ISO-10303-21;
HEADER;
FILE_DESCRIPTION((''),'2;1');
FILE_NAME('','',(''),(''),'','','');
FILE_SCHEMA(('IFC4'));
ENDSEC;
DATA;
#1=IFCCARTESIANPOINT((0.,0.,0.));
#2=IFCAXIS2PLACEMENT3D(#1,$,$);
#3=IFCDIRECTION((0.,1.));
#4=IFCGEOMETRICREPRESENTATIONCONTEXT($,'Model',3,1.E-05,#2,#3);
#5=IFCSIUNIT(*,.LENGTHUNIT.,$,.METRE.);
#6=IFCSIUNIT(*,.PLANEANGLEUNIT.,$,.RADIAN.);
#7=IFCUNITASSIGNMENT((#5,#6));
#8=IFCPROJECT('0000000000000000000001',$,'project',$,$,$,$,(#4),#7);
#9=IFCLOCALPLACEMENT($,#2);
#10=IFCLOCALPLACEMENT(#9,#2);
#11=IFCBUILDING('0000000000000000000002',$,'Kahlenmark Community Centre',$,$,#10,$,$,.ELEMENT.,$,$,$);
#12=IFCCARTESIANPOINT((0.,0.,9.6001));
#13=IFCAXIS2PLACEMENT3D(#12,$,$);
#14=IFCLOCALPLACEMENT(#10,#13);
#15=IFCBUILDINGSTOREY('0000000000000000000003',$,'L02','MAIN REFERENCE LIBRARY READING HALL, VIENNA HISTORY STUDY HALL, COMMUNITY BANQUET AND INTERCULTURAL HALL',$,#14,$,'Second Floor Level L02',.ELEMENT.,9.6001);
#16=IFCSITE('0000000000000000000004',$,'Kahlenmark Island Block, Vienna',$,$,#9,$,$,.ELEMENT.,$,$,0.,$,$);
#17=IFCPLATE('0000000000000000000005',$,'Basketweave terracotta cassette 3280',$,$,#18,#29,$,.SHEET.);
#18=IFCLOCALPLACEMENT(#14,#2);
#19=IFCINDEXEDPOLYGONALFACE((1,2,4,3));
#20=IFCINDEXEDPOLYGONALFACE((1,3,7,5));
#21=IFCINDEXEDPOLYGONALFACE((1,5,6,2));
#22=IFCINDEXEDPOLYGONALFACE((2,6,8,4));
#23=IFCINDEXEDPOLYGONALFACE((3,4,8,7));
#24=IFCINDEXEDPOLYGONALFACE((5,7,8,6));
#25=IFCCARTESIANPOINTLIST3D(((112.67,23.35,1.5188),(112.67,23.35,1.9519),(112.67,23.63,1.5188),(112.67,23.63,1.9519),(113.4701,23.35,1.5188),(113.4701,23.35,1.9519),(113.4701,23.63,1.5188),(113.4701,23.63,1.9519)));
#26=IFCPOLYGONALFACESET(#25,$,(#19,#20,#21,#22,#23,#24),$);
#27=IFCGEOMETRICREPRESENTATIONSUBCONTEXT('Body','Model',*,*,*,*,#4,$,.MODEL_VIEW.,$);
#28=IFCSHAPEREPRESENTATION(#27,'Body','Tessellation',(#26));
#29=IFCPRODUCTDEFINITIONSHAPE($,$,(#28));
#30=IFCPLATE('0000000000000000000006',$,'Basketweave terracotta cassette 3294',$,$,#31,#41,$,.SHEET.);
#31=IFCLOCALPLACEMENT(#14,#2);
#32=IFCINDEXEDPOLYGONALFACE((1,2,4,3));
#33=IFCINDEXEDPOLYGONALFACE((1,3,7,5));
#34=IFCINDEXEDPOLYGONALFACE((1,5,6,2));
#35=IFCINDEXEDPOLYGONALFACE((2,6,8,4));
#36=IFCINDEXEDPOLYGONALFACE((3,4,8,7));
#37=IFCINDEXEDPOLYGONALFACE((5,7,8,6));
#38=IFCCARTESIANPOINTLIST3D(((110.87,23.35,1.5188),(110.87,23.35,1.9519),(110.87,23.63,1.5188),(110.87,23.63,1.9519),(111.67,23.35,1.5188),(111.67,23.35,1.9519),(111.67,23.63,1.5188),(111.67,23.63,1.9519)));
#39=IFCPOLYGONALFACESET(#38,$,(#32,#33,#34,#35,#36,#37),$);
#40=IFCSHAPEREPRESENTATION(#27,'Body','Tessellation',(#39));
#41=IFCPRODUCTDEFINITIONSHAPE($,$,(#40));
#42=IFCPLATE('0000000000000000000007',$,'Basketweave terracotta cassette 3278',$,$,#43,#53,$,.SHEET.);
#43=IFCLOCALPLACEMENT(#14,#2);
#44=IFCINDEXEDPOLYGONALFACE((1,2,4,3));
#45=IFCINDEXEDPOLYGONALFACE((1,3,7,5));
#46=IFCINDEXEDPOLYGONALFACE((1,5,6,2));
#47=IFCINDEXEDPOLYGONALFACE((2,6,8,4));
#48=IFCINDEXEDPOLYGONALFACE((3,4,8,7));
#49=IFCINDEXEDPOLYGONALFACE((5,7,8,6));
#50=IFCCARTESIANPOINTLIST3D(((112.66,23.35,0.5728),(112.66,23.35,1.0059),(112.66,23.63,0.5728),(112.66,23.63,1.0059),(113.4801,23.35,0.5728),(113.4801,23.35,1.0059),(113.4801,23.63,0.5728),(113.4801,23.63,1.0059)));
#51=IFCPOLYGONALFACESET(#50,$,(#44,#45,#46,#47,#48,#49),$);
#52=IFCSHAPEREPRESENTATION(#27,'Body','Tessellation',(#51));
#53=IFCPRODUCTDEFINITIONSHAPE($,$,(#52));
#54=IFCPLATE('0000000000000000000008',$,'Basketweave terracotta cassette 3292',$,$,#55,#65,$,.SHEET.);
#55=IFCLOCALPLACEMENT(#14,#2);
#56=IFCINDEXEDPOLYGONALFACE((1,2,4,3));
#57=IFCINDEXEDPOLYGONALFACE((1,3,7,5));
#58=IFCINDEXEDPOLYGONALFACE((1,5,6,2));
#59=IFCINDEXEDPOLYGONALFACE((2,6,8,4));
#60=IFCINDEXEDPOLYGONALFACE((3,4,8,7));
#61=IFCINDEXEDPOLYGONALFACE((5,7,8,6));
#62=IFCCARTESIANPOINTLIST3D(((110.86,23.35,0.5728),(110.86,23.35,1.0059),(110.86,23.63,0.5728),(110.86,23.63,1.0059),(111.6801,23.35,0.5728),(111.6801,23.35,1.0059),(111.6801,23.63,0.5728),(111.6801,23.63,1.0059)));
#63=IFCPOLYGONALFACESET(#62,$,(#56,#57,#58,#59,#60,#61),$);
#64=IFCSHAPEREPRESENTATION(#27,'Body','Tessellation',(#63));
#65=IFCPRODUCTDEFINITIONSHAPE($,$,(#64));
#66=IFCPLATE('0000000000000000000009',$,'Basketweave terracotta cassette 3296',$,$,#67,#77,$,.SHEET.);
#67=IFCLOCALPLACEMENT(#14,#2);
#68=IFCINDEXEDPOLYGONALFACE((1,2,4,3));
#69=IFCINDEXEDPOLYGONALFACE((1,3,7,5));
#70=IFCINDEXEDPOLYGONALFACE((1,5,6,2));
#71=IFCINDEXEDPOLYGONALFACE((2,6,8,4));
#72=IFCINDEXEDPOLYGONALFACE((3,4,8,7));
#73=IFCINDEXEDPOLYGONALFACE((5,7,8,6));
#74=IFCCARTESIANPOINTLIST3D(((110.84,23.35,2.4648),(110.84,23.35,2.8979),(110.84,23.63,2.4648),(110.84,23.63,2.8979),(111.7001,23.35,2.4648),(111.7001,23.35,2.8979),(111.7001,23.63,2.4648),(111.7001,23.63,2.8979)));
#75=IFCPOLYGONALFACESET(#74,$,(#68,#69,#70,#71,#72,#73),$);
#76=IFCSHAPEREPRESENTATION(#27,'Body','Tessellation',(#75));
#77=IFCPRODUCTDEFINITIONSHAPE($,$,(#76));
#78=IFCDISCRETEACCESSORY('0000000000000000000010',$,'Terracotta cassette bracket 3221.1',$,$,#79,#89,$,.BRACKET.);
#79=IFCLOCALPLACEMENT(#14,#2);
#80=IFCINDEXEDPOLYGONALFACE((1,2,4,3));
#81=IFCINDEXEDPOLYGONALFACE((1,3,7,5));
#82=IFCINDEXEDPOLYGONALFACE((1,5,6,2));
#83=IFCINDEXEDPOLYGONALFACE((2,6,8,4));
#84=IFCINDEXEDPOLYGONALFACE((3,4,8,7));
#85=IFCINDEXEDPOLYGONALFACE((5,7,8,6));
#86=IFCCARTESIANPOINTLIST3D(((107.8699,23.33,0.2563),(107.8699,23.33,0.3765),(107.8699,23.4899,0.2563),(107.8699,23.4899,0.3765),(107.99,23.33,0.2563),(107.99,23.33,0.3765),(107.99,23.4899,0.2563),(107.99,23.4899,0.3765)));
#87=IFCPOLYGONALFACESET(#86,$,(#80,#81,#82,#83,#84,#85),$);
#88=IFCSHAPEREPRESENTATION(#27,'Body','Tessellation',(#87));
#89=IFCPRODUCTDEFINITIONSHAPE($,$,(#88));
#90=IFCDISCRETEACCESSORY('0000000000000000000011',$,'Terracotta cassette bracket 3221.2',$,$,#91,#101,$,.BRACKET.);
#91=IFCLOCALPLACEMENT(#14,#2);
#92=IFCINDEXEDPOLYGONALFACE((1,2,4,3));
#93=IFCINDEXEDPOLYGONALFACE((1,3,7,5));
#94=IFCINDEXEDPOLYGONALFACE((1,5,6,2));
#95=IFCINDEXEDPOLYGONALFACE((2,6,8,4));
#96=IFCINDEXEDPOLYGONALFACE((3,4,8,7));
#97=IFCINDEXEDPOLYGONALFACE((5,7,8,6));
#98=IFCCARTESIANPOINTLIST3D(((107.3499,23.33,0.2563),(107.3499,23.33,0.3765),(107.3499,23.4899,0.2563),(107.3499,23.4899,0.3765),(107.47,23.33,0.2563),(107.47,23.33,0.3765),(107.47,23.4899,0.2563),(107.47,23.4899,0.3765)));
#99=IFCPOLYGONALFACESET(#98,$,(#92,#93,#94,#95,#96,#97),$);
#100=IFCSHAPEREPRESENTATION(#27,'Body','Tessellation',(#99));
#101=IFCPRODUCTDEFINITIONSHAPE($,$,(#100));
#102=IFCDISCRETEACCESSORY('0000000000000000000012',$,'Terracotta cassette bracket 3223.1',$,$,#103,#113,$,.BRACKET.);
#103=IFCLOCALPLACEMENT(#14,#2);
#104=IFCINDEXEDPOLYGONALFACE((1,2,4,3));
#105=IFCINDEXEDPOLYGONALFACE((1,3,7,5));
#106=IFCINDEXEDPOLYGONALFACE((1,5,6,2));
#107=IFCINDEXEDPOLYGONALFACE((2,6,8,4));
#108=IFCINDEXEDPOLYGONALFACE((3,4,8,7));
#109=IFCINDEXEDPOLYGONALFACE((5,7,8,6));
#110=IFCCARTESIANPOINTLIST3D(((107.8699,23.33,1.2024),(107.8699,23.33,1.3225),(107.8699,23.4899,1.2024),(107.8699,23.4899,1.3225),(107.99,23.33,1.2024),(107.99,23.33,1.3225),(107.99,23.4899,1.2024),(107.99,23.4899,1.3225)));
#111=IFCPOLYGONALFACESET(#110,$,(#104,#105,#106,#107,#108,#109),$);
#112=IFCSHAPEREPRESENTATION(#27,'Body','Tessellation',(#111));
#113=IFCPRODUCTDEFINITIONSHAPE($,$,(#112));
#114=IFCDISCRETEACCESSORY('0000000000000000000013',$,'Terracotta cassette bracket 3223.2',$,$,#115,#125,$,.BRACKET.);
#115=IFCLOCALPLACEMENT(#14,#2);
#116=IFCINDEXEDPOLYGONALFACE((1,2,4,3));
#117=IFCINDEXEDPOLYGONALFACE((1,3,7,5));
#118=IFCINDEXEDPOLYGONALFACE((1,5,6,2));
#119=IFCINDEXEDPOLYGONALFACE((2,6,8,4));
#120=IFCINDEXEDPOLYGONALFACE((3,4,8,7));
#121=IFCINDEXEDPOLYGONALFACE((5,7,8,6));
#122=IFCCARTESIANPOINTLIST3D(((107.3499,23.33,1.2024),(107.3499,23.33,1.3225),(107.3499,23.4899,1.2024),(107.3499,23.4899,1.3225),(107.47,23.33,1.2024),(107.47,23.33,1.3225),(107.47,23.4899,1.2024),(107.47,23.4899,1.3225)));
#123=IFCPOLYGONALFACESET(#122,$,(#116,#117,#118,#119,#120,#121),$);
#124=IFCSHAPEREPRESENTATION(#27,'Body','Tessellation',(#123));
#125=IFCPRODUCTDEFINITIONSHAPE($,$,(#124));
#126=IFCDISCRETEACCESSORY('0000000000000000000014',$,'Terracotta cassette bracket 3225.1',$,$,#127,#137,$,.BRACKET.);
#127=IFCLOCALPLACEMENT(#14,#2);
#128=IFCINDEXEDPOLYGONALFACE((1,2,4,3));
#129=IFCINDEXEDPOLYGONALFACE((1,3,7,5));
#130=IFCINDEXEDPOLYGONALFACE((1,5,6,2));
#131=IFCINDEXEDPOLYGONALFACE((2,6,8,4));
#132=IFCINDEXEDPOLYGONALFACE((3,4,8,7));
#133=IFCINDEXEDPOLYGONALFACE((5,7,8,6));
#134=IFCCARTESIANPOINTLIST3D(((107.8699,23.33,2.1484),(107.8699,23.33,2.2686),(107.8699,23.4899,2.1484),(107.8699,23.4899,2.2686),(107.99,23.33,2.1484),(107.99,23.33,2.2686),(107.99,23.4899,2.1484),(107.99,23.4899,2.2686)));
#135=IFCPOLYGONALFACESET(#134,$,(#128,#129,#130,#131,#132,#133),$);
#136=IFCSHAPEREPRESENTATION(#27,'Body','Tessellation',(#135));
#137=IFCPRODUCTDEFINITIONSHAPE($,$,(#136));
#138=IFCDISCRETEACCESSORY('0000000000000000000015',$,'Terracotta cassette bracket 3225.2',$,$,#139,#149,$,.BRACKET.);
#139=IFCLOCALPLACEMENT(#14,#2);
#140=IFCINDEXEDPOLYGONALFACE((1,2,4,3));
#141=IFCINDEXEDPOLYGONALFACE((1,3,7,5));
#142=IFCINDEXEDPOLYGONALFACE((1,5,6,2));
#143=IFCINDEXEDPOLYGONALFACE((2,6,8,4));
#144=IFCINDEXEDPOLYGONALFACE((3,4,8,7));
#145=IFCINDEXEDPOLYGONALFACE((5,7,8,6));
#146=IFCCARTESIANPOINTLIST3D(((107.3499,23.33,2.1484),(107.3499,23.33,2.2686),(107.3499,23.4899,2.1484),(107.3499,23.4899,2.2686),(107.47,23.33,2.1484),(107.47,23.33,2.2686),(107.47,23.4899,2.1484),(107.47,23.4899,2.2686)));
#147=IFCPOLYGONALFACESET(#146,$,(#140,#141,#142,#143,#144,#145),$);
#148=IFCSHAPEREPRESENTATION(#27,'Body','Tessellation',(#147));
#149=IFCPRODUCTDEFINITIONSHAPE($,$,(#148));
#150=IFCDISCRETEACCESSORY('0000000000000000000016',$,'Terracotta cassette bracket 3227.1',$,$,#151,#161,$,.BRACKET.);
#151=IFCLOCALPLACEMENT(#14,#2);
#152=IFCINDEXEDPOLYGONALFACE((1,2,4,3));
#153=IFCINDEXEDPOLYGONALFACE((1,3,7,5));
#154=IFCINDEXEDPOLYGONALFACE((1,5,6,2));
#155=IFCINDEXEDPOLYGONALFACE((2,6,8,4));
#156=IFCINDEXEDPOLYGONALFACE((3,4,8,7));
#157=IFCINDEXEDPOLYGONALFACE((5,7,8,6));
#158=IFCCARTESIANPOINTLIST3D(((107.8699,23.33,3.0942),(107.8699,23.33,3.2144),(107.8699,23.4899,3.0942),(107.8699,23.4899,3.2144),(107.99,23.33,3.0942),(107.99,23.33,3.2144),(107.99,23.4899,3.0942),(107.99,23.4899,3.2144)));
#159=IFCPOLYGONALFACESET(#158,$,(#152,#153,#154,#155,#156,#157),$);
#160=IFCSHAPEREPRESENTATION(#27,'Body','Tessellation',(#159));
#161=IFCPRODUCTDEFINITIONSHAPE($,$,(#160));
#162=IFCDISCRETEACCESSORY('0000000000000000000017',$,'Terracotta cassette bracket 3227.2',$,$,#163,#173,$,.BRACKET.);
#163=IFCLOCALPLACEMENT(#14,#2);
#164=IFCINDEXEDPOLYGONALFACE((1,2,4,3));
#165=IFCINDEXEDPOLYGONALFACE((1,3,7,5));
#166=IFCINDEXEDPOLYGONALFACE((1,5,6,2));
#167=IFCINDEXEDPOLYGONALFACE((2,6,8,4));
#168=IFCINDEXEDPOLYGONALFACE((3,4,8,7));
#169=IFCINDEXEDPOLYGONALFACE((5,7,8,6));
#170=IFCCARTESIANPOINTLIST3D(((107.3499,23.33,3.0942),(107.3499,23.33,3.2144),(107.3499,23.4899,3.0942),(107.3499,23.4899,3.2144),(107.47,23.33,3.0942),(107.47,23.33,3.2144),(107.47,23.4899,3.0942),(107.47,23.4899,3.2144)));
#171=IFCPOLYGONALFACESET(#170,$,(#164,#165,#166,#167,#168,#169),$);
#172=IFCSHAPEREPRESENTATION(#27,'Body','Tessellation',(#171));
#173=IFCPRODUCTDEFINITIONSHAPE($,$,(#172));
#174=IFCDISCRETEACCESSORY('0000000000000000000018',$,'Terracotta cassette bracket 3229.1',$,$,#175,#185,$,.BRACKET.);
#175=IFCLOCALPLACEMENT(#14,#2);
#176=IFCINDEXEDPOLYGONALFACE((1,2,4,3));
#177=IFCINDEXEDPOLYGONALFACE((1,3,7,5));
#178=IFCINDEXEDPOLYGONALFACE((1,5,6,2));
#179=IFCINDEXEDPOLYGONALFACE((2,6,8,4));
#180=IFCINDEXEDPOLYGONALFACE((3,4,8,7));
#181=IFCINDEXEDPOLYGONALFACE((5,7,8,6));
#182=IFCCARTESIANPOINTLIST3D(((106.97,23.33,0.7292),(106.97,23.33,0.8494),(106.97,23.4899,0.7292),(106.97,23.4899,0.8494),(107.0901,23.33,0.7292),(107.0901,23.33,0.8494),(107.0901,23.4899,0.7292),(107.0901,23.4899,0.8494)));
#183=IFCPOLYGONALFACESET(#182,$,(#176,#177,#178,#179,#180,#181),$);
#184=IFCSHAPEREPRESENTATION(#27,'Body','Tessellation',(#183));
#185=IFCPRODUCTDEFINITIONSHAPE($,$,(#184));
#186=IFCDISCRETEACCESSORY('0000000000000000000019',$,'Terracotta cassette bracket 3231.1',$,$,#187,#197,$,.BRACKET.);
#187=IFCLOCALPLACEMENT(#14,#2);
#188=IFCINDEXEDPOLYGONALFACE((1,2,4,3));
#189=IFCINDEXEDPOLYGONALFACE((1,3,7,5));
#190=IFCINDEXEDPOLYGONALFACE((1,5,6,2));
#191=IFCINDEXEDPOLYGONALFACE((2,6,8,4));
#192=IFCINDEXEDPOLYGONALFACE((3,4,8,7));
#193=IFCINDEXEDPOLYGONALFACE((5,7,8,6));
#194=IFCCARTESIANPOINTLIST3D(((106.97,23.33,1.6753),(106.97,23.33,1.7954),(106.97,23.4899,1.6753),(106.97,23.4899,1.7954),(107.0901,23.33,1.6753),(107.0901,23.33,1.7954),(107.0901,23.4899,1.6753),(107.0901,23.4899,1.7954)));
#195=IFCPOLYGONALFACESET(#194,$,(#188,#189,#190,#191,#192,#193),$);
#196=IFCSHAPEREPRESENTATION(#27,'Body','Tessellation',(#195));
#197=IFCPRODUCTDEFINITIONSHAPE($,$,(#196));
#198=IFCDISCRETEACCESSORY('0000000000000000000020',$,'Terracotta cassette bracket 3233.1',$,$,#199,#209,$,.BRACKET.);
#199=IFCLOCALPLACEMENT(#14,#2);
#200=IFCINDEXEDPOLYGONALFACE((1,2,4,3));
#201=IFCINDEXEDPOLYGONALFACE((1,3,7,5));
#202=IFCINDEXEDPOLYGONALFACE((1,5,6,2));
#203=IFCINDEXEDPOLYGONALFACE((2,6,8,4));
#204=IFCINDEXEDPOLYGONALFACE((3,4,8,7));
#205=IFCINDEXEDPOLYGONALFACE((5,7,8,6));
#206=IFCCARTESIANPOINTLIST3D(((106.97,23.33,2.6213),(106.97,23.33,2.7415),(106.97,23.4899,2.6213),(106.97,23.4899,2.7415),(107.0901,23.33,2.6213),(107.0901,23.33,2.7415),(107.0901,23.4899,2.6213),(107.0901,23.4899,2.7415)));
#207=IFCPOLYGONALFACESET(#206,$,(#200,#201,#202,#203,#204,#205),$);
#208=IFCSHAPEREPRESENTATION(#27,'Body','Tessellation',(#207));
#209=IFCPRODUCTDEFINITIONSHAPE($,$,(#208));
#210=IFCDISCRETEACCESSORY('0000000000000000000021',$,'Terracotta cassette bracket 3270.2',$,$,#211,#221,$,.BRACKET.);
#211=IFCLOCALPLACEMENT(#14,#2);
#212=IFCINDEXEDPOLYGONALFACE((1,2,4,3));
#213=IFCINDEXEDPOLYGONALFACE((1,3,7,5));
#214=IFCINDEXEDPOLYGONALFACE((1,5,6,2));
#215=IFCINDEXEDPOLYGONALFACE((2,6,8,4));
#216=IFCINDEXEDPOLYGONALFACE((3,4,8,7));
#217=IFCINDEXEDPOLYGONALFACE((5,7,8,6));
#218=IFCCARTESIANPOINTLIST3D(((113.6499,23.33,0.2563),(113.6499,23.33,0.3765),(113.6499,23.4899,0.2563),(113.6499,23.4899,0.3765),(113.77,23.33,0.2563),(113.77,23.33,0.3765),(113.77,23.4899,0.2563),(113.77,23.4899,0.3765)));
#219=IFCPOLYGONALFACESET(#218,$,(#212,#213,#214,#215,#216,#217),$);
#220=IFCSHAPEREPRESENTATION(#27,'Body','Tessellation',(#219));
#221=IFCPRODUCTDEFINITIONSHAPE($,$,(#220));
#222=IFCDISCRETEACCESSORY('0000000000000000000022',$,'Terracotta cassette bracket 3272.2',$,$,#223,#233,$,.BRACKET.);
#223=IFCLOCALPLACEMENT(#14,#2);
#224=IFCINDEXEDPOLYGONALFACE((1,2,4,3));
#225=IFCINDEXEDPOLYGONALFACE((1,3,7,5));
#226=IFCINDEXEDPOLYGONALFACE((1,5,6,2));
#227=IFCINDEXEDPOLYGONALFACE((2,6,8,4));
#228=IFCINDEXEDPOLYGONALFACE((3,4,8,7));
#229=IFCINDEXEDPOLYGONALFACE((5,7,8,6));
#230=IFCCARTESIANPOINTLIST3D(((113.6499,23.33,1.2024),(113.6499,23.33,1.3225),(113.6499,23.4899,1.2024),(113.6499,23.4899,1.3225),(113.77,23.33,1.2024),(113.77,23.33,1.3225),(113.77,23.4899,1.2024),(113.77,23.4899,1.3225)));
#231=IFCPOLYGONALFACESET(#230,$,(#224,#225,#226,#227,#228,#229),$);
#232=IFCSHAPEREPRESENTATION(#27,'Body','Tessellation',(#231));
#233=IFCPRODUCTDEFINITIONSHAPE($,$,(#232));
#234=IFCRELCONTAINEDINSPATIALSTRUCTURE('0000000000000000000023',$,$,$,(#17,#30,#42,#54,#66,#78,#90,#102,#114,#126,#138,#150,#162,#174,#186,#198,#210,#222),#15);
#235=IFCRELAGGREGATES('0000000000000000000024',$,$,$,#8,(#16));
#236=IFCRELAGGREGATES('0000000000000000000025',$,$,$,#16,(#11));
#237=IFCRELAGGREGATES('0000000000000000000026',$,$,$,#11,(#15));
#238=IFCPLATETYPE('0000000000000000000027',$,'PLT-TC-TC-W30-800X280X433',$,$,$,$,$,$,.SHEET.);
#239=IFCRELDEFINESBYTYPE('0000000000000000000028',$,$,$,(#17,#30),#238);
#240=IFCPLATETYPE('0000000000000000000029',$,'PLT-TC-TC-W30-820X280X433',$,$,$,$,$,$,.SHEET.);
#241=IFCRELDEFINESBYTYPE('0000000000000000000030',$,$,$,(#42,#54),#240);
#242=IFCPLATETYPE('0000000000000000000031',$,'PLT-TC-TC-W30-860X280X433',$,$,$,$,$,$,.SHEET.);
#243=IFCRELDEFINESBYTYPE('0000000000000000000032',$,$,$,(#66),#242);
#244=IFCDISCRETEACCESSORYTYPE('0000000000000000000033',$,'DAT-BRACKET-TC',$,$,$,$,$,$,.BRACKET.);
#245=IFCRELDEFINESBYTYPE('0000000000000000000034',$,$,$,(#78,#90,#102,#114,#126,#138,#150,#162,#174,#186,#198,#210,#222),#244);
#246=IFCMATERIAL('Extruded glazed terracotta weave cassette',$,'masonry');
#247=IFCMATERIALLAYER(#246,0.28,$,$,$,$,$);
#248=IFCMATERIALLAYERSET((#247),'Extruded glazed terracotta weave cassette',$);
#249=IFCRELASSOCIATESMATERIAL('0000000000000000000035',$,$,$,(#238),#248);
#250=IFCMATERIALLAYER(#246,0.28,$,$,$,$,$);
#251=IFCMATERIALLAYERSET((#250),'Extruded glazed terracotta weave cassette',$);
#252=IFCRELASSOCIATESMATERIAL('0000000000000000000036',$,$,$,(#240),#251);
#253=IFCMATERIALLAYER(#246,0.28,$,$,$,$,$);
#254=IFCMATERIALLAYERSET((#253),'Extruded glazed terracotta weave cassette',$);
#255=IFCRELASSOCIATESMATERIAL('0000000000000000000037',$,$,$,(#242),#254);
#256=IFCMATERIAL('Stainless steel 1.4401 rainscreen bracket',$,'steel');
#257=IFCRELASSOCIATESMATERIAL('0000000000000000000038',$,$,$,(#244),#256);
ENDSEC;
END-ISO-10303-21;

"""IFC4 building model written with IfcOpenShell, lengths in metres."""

from ifc_helpers import new_model, si_unit, direction, frame, origin, origin_2d, place, context, subcontext, project, spatial, rectangle, extrude, material, layer, layer_set, type_object, element, save


model = new_model("IFC4")

# Units and contexts
model_context = context("Model", 3, precision=1e-05, world=origin(), true_north=direction((0.0, 1.0)))
body_context = subcontext(model_context, "Body", "Model", "MODEL_VIEW")
ifc_project = project(units=[si_unit("LENGTHUNIT", "METRE"), si_unit("PLANEANGLEUNIT", "RADIAN")], contexts=[model_context])

# Site, building, storey
site_placement = place(None, origin())
site = spatial("IfcSite", under=ifc_project, at=site_placement, Name="Kahlenmark Island Block, Vienna", CompositionType="ELEMENT", RefElevation=0.0)
building_placement = place(site_placement, origin())
building = spatial("IfcBuilding", under=site, at=building_placement, Name="Kahlenmark Community Centre", CompositionType="ELEMENT")
storey_placement = place(building_placement, frame((0.0, 0.0, 9.6001)))
storey = spatial("IfcBuildingStorey", under=building, at=storey_placement, Name="L02", Description="MAIN REFERENCE LIBRARY READING HALL, VIENNA HISTORY STUDY HALL, COMMUNITY BANQUET AND INTERCULTURAL HALL", LongName="Second Floor Level L02", CompositionType="ELEMENT", Elevation=9.6001)

# Plates
ifc_material_1 = material(Name="Extruded glazed terracotta weave cassette", Category="masonry")
ifc_layer_1 = layer(ifc_material_1, 0.28)
ifc_layer_set_1 = layer_set([ifc_layer_1], Name="Extruded glazed terracotta weave cassette")
plate_type_1 = type_object("IfcPlateType", Name="PLT-TC-TC-W30-800X280X433", PredefinedType="SHEET", material=ifc_layer_set_1)
for number, where, z_axis, x_axis, name in (
    (1, (113.0701, 23.49, 1.5188), (0.0, 0.0, 1.0), (-1.0, 0.0, 0.0), "Basketweave terracotta cassette 3280"),
    (2, (111.27, 23.49, 1.5188), (0.0, 0.0, 1.0), (-1.0, 0.0, 0.0), "Basketweave terracotta cassette 3294"),
):
    element("IfcPlate", number, at=place(storey_placement, frame(where, z_axis=z_axis, x_axis=x_axis)), inside=storey, type_object=plate_type_1, Name=name, PredefinedType="SHEET", context=body_context, shape_type="SweptSolid", body=[
        extrude(rectangle(XDim=0.8, YDim=0.28, at=origin_2d()), origin(), (0.0, 0.0, 1.0), 0.4331),
    ])
ifc_layer_2 = layer(ifc_material_1, 0.28)
ifc_layer_set_2 = layer_set([ifc_layer_2], Name="Extruded glazed terracotta weave cassette")
plate_type_2 = type_object("IfcPlateType", Name="PLT-TC-TC-W30-820X280X433", PredefinedType="SHEET", material=ifc_layer_set_2)
for number, where, z_axis, x_axis, name in (
    (3, (113.0701, 23.49, 0.5728), (0.0, 0.0, 1.0), (-1.0, 0.0, 0.0), "Basketweave terracotta cassette 3278"),
    (4, (111.27, 23.49, 0.5728), (0.0, 0.0, 1.0), (-1.0, 0.0, 0.0), "Basketweave terracotta cassette 3292"),
):
    element("IfcPlate", number, at=place(storey_placement, frame(where, z_axis=z_axis, x_axis=x_axis)), inside=storey, type_object=plate_type_2, Name=name, PredefinedType="SHEET", context=body_context, shape_type="SweptSolid", body=[
        extrude(rectangle(XDim=0.8201, YDim=0.28, at=origin_2d()), origin(), (0.0, 0.0, 1.0), 0.4331),
    ])
ifc_layer_3 = layer(ifc_material_1, 0.28)
ifc_layer_set_3 = layer_set([ifc_layer_3], Name="Extruded glazed terracotta weave cassette")
plate_type_3 = type_object("IfcPlateType", Name="PLT-TC-TC-W30-860X280X433", PredefinedType="SHEET", material=ifc_layer_set_3)
plate_placement = place(storey_placement, frame((111.27, 23.49, 2.4648), z_axis=(0.0, 0.0, 1.0), x_axis=(-1.0, 0.0, 0.0)))
element("IfcPlate", 5, at=plate_placement, inside=storey, type_object=plate_type_3, Name="Basketweave terracotta cassette 3296", PredefinedType="SHEET", context=body_context, shape_type="SweptSolid", body=[
    extrude(rectangle(XDim=0.8601, YDim=0.28, at=origin_2d()), origin(), (0.0, 0.0, 1.0), 0.4331),
])

# Discrete accessories
ifc_material_2 = material(Name="Stainless steel 1.4401 rainscreen bracket", Category="steel")
discrete_accessory_type = type_object("IfcDiscreteAccessoryType", Name="DAT-BRACKET-TC", PredefinedType="BRACKET", material=ifc_material_2)
for number, where, z_axis, x_axis, name in (
    (6, (107.9299, 23.4099, 0.2563), (0.0, 0.0, 1.0), (-1.0, 0.0, 0.0), "Terracotta cassette bracket 3221.1"),
    (7, (107.4099, 23.4099, 0.2563), (0.0, 0.0, 1.0), (-1.0, 0.0, 0.0), "Terracotta cassette bracket 3221.2"),
    (8, (107.9299, 23.4099, 1.2024), (0.0, 0.0, 1.0), (-1.0, 0.0, 0.0), "Terracotta cassette bracket 3223.1"),
    (9, (107.4099, 23.4099, 1.2024), (0.0, 0.0, 1.0), (-1.0, 0.0, 0.0), "Terracotta cassette bracket 3223.2"),
    (10, (107.9299, 23.4099, 2.1484), (0.0, 0.0, 1.0), (-1.0, 0.0, 0.0), "Terracotta cassette bracket 3225.1"),
    (11, (107.4099, 23.4099, 2.1484), (0.0, 0.0, 1.0), (-1.0, 0.0, 0.0), "Terracotta cassette bracket 3225.2"),
    (12, (107.9299, 23.4099, 3.0942), (0.0, 0.0, 1.0), (-1.0, 0.0, 0.0), "Terracotta cassette bracket 3227.1"),
    (13, (107.4099, 23.4099, 3.0942), (0.0, 0.0, 1.0), (-1.0, 0.0, 0.0), "Terracotta cassette bracket 3227.2"),
    (14, (107.03, 23.4099, 0.7292), (0.0, 0.0, 1.0), (-1.0, 0.0, 0.0), "Terracotta cassette bracket 3229.1"),
    (15, (107.03, 23.4099, 1.6753), (0.0, 0.0, 1.0), (-1.0, 0.0, 0.0), "Terracotta cassette bracket 3231.1"),
    (16, (107.03, 23.4099, 2.6213), (0.0, 0.0, 1.0), (-1.0, 0.0, 0.0), "Terracotta cassette bracket 3233.1"),
    (17, (113.71, 23.4099, 0.2563), (0.0, 0.0, 1.0), (-1.0, 0.0, 0.0), "Terracotta cassette bracket 3270.2"),
    (18, (113.71, 23.4099, 1.2024), (0.0, 0.0, 1.0), (-1.0, 0.0, 0.0), "Terracotta cassette bracket 3272.2"),
):
    element("IfcDiscreteAccessory", number, at=place(storey_placement, frame(where, z_axis=z_axis, x_axis=x_axis)), inside=storey, type_object=discrete_accessory_type, Name=name, PredefinedType="BRACKET", context=body_context, shape_type="SweptSolid", body=[
        extrude(rectangle(XDim=0.1201, YDim=0.1599, at=origin_2d()), origin(), (0.0, 0.0, 1.0), 0.1201),
    ])

save(model, "model.ifc")
